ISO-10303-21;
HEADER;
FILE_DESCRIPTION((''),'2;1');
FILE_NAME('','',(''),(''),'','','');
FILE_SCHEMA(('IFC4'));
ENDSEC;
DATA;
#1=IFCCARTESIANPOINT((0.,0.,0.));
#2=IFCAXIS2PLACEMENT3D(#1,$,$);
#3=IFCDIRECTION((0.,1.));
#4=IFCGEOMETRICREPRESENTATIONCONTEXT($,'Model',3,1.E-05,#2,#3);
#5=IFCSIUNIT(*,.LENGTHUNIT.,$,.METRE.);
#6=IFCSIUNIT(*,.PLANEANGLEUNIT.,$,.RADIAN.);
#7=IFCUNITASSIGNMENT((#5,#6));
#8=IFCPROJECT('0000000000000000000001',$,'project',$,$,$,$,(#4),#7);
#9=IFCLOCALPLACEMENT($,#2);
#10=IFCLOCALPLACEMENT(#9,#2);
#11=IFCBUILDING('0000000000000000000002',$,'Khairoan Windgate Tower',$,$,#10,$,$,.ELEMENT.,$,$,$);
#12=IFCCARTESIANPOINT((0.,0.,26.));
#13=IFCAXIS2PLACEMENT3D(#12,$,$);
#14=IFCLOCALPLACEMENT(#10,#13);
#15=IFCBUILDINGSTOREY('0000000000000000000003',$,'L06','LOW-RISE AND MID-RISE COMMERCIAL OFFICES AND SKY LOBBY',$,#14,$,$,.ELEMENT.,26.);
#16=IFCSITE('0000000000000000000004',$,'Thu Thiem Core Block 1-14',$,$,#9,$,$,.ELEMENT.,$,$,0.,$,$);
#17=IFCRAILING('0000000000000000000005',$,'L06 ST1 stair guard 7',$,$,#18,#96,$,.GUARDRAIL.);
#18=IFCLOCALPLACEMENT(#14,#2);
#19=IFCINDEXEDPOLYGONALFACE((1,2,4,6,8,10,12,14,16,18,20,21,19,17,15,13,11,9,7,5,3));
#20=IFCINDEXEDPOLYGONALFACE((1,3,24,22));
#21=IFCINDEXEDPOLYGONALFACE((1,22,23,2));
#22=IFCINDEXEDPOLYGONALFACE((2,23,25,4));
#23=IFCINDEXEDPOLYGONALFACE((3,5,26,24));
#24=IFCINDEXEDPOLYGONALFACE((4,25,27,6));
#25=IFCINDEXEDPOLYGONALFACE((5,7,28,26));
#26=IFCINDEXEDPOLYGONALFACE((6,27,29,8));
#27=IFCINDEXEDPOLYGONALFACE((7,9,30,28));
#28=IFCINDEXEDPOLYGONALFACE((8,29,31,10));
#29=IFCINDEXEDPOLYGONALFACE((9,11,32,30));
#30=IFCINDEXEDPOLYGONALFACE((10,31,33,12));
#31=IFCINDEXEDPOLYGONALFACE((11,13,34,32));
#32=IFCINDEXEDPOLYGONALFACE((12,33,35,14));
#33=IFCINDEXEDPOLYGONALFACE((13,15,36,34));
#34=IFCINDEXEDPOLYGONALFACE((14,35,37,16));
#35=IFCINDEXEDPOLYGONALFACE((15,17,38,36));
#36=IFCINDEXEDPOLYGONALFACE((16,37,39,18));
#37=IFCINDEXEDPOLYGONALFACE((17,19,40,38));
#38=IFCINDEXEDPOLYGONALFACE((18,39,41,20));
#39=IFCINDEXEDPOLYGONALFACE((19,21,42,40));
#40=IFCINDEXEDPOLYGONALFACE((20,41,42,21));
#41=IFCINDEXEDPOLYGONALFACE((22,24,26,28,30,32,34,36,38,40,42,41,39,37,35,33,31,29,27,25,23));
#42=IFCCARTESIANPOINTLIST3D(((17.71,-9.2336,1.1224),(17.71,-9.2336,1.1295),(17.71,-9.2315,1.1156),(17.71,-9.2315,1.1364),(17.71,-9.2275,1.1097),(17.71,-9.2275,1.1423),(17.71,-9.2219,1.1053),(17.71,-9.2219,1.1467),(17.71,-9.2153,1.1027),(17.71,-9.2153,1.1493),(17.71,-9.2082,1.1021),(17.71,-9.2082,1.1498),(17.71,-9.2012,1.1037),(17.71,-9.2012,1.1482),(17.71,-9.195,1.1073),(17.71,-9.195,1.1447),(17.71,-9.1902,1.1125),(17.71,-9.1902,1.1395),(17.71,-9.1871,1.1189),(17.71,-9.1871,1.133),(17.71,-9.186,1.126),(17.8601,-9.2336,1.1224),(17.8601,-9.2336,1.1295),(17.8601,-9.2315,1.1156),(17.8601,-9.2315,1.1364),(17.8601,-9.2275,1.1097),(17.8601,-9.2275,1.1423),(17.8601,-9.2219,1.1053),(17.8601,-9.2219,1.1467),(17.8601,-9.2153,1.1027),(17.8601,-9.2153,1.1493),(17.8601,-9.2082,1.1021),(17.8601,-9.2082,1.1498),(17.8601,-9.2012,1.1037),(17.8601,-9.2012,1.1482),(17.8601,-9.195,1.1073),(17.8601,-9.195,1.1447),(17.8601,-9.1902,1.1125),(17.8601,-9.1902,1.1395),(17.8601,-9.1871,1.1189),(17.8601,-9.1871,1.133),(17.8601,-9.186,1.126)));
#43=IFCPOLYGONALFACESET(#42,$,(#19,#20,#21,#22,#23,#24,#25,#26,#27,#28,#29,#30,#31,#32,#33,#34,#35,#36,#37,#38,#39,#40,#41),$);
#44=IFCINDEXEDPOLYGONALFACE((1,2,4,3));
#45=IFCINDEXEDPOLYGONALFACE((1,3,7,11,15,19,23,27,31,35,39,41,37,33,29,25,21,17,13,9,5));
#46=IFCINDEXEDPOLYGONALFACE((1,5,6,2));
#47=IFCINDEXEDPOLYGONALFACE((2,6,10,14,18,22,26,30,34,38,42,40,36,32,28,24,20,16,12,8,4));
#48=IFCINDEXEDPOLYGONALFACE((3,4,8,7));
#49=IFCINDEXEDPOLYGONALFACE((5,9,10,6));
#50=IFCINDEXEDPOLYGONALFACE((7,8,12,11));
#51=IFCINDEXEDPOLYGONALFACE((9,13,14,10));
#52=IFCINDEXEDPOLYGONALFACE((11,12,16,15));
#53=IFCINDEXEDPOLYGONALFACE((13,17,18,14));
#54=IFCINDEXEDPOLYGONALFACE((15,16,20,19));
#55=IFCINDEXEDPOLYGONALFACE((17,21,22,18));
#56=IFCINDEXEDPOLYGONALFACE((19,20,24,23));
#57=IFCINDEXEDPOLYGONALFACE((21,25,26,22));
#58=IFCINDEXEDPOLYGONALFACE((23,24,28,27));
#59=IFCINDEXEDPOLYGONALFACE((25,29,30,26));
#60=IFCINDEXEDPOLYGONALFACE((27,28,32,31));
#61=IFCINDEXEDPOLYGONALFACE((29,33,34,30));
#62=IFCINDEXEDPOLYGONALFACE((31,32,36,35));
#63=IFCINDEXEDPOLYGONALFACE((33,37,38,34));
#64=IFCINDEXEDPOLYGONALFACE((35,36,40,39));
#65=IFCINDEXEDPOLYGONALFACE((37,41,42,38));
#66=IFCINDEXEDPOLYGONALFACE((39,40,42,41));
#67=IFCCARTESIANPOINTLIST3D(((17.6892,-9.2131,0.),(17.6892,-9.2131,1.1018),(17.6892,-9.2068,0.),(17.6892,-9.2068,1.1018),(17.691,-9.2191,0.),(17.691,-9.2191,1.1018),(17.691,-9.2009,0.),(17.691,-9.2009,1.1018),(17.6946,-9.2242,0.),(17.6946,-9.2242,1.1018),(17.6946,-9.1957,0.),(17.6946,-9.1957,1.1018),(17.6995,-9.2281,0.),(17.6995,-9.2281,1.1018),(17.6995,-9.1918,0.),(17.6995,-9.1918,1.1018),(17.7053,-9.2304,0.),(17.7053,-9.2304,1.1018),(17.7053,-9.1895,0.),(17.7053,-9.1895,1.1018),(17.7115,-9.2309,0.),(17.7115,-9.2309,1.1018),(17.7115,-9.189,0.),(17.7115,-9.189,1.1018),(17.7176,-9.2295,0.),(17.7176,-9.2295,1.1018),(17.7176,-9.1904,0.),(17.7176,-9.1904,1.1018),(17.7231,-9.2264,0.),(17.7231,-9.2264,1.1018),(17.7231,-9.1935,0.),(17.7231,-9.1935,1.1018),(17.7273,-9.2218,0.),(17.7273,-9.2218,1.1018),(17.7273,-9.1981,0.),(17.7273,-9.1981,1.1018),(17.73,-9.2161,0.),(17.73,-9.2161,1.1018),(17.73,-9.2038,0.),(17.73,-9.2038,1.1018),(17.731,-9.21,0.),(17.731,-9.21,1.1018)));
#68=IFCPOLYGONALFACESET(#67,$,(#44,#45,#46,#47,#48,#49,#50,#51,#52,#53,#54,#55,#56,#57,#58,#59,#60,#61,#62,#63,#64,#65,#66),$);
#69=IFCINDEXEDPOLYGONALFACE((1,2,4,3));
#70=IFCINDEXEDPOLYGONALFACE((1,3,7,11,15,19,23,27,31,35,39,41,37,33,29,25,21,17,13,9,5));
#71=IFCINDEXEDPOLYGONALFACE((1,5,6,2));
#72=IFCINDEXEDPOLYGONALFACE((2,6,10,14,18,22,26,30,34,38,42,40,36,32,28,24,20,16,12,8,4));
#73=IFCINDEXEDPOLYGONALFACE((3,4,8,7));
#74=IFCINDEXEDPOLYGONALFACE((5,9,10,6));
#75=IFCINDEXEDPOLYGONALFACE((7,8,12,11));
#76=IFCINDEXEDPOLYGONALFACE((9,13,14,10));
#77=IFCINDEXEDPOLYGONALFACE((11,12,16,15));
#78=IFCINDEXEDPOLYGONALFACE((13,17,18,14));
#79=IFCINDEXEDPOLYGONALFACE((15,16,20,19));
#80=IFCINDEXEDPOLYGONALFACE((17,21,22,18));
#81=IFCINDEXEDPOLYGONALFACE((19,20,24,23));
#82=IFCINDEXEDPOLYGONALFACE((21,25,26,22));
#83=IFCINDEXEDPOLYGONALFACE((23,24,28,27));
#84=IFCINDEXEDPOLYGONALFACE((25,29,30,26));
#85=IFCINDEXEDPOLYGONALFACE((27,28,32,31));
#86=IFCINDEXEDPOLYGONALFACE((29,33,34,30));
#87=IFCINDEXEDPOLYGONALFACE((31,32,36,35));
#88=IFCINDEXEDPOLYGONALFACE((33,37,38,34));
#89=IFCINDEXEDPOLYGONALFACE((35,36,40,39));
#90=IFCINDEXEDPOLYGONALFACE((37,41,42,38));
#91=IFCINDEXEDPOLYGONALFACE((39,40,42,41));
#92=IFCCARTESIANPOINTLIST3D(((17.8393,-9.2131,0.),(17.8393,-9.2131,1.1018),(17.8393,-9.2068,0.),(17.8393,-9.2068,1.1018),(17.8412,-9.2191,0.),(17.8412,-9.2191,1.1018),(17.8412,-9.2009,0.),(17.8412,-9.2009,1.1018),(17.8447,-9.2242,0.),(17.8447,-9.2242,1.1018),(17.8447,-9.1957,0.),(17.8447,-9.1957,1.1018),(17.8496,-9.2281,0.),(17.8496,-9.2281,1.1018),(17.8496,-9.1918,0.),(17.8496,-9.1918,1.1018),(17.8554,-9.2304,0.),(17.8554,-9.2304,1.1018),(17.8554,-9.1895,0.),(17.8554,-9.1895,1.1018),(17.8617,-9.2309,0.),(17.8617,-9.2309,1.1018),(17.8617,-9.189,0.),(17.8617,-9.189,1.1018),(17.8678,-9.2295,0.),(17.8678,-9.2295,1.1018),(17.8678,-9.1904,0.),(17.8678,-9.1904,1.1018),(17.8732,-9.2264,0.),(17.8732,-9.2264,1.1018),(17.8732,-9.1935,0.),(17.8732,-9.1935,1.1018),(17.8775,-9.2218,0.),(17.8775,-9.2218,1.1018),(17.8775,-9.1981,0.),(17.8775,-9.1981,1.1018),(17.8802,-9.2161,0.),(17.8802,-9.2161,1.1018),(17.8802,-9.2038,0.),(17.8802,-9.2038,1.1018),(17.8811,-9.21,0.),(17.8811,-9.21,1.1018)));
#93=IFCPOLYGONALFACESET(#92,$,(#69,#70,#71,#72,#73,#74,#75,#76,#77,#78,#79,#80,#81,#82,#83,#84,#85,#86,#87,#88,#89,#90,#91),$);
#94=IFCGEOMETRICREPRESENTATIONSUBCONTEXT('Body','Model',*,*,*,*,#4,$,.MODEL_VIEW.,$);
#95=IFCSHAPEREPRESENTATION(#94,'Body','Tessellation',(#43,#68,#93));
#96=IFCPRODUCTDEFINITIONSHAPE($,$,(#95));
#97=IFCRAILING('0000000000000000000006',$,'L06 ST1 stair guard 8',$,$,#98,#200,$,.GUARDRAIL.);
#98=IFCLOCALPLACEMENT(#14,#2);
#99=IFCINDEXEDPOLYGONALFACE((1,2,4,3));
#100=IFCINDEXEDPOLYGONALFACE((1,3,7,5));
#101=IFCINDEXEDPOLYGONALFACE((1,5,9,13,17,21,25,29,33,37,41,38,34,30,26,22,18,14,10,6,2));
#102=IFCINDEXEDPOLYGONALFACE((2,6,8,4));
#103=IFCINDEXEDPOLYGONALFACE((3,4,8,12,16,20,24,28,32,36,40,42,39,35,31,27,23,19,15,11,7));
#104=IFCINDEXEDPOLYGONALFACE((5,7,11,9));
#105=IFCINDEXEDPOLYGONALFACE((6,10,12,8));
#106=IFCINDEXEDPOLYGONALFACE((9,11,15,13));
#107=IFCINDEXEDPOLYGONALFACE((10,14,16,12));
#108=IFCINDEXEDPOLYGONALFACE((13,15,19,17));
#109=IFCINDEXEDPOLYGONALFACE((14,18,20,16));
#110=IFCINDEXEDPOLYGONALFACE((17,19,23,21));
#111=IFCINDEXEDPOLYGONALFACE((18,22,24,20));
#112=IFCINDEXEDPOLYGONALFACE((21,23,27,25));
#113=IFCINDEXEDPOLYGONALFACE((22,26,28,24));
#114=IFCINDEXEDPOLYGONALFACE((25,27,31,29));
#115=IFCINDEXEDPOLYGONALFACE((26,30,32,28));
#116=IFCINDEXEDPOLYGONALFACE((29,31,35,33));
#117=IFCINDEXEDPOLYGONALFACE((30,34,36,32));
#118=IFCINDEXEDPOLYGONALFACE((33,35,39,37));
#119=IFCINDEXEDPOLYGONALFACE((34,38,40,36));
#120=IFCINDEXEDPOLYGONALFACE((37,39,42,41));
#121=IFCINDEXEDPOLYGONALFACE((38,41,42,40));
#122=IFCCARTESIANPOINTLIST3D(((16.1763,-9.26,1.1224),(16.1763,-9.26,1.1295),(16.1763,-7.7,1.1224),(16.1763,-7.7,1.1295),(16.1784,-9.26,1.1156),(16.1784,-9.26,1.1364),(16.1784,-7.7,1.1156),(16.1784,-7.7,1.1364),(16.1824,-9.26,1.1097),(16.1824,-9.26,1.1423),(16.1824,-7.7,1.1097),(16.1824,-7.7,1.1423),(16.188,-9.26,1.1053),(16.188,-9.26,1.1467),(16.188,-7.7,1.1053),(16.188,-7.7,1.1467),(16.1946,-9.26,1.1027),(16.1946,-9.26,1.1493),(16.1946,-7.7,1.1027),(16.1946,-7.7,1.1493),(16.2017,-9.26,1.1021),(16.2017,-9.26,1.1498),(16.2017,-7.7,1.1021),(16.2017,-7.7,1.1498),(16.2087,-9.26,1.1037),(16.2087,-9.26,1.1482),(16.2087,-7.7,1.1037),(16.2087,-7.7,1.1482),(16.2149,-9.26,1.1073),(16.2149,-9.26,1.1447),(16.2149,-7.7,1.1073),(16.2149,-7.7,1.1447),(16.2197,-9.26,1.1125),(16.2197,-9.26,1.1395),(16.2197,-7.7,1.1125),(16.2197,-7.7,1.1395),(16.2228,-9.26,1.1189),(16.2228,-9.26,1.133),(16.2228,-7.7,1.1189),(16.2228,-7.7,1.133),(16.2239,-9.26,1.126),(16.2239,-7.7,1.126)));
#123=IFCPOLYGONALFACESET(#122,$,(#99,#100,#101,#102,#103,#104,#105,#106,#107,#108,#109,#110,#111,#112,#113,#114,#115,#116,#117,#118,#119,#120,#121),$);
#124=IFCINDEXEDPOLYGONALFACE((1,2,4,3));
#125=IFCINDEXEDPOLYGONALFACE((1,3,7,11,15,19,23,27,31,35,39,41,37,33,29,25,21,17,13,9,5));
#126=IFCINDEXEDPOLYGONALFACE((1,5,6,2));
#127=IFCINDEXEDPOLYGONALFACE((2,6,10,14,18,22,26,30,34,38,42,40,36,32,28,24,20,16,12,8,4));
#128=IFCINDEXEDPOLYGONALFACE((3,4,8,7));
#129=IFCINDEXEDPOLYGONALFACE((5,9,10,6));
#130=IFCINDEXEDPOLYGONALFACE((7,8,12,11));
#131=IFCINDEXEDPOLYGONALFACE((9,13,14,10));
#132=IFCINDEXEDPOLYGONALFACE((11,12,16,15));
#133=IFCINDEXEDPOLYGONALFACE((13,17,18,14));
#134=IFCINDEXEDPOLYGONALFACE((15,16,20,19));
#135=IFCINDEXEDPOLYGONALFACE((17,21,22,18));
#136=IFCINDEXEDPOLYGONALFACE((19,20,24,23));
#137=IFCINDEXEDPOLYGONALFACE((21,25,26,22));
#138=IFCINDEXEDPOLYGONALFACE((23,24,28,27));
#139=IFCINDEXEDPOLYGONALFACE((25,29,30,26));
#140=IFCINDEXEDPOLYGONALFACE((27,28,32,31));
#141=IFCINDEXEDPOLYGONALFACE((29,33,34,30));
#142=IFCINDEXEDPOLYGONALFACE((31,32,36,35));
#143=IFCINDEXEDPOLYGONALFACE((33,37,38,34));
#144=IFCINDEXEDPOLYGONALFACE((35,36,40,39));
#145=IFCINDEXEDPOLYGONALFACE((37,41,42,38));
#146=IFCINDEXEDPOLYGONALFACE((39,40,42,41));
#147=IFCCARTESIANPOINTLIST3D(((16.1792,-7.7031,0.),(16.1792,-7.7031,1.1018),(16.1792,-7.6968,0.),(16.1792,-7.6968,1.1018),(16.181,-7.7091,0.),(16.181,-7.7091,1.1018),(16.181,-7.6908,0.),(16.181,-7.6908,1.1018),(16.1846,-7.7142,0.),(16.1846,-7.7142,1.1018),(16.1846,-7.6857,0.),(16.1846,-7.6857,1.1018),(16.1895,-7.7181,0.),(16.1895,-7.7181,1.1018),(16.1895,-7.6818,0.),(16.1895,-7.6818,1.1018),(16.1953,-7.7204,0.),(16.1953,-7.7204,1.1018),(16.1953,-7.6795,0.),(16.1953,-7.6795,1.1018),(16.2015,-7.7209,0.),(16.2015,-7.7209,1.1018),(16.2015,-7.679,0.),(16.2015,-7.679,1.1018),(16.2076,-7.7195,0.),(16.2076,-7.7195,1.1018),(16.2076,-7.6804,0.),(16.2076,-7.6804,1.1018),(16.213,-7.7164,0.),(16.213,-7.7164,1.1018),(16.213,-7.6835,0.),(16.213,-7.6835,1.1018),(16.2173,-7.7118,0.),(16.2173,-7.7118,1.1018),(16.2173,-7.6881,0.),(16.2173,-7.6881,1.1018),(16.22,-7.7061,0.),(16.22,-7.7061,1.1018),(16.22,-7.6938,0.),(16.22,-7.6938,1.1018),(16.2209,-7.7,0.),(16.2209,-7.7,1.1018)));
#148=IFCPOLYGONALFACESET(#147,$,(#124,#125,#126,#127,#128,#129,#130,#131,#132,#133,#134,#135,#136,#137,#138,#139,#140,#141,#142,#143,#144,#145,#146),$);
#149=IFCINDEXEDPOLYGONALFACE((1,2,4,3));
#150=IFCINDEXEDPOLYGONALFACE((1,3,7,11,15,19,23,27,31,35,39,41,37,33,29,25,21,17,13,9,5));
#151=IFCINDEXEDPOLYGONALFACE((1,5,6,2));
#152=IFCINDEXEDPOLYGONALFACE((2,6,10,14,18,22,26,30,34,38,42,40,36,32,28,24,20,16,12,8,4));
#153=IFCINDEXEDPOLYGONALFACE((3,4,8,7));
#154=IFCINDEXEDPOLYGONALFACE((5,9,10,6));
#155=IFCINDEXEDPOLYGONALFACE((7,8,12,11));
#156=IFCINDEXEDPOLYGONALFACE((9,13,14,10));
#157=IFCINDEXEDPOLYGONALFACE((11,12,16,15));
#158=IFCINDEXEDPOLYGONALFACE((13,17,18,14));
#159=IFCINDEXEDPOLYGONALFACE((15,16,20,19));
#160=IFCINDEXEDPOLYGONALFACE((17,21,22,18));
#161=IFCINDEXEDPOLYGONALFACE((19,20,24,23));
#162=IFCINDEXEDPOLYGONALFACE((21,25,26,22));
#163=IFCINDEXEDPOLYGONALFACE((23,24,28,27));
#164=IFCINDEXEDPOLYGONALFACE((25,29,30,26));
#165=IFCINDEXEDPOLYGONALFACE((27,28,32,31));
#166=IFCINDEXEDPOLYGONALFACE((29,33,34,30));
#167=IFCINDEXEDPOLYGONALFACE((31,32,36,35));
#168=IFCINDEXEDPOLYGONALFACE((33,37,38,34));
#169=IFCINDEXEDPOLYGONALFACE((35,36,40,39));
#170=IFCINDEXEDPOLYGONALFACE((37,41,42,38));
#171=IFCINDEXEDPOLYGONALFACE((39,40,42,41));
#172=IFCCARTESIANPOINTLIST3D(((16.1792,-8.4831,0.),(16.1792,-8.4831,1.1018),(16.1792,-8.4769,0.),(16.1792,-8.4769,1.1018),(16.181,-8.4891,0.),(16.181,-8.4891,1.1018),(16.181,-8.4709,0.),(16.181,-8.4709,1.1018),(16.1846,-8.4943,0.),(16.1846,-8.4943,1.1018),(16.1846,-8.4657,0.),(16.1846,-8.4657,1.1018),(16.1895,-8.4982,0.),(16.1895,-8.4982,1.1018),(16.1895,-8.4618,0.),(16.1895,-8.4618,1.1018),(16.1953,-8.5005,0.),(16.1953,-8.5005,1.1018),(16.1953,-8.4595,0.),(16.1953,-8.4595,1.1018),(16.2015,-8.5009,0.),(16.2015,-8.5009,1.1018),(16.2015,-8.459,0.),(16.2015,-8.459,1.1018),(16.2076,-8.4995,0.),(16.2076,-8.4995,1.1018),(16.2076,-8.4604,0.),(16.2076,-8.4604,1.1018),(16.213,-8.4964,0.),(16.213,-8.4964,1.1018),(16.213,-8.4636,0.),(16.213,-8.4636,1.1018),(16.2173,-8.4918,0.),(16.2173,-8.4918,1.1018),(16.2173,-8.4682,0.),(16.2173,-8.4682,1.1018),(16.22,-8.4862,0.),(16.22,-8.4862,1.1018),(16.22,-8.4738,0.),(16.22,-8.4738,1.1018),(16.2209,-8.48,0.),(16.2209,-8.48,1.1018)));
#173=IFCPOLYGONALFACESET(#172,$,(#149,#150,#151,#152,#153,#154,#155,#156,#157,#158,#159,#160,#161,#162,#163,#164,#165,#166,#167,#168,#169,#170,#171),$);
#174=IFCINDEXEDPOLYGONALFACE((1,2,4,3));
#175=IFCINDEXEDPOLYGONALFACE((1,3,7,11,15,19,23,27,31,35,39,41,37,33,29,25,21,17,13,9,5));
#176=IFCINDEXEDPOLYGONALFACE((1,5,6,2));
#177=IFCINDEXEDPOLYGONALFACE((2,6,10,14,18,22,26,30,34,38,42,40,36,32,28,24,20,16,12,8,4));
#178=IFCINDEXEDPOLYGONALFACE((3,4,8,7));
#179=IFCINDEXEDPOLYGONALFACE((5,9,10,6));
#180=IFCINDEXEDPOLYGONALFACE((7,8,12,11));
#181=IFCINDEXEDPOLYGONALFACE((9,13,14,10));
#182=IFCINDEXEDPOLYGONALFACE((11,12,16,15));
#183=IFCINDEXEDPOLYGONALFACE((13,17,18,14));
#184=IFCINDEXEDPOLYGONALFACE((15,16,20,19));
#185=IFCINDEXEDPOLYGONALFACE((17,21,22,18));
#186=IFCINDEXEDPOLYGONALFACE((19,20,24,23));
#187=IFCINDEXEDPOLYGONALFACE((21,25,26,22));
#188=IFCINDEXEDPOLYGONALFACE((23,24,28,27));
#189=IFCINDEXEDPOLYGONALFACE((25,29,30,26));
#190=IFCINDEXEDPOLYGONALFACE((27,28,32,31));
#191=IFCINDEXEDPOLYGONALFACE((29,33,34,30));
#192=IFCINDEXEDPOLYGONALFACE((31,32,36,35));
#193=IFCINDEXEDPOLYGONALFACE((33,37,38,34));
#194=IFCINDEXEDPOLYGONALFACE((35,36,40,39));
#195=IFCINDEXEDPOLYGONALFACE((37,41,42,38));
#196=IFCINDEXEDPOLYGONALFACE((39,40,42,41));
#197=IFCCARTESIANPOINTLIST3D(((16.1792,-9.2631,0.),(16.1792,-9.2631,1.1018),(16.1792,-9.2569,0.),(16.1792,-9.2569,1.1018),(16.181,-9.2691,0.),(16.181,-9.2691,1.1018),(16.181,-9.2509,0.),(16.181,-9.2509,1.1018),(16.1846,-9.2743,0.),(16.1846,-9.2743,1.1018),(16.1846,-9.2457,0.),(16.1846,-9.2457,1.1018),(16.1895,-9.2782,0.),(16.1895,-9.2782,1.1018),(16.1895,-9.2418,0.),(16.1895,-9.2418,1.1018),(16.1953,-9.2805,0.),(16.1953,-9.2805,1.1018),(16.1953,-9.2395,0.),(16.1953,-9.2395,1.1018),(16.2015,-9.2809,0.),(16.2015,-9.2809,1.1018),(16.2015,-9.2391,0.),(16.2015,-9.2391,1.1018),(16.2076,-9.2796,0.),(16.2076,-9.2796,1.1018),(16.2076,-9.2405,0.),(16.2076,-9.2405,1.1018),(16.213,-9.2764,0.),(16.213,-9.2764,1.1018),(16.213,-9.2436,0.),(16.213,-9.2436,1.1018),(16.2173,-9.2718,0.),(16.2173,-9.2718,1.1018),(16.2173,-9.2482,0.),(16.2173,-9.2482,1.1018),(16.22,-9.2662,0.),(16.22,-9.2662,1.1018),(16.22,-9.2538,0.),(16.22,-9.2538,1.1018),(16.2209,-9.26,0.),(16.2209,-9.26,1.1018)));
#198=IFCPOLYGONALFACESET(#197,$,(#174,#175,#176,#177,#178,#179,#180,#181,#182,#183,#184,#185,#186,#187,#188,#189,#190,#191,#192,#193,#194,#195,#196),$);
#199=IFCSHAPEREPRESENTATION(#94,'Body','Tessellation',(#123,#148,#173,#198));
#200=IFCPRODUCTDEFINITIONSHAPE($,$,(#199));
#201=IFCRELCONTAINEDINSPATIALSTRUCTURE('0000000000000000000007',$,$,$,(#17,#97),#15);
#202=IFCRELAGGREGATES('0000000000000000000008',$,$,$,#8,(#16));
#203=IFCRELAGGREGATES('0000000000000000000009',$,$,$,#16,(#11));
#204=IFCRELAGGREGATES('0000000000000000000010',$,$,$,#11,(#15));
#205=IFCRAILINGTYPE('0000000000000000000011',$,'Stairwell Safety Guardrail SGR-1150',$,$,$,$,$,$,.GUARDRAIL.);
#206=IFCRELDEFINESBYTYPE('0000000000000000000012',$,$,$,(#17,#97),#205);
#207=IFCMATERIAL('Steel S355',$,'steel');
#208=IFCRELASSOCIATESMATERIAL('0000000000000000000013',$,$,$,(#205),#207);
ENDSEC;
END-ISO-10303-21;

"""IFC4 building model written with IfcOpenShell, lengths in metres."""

from ifc_helpers import new_model, si_unit, direction, frame, origin, origin_2d, place, context, subcontext, project, spatial, circle, extrude, material, type_object, element, save


model = new_model("IFC4")

# Units and contexts
model_context = context("Model", 3, precision=1e-05, world=origin(), true_north=direction((0.0, 1.0)))
body_context = subcontext(model_context, "Body", "Model", "MODEL_VIEW")
ifc_project = project(units=[si_unit("LENGTHUNIT", "METRE"), si_unit("PLANEANGLEUNIT", "RADIAN")], contexts=[model_context])

# Site, building, storey
site_placement = place(None, origin())
site = spatial("IfcSite", under=ifc_project, at=site_placement, Name="Thu Thiem Core Block 1-14", CompositionType="ELEMENT", RefElevation=0.0)
building_placement = place(site_placement, origin())
building = spatial("IfcBuilding", under=site, at=building_placement, Name="Khairoan Windgate Tower", CompositionType="ELEMENT")
storey_placement = place(building_placement, frame((0.0, 0.0, 26.0)))
storey = spatial("IfcBuildingStorey", under=building, at=storey_placement, Name="L06", Description="LOW-RISE AND MID-RISE COMMERCIAL OFFICES AND SKY LOBBY", CompositionType="ELEMENT", Elevation=26.0)

# Railings
ifc_material_1 = material(Name="Steel S355", Category="steel")
railing_type = type_object("IfcRailingType", Name="Stairwell Safety Guardrail SGR-1150", PredefinedType="GUARDRAIL", material=ifc_material_1)
railing_1_placement = place(storey_placement, frame((17.71, -9.21, 0.0)))
element("IfcRailing", 1, at=railing_1_placement, inside=storey, type_object=railing_type, Name="L06 ST1 stair guard 7", PredefinedType="GUARDRAIL", context=body_context, shape_type="SweptSolid", body=[
    extrude(circle(Radius=0.0239, at=origin_2d()), frame((0.0, 0.0, 1.126), z_axis=(1.0, 0.0, 0.0), x_axis=(0.0, 1.0, 0.0)), (0.0, 0.0, 1.0), 0.1501),
    extrude(circle(Radius=0.021, at=origin_2d()), origin(), (0.0, 0.0, 1.0), 1.1018),
    extrude(circle(Radius=0.021, at=origin_2d()), frame((0.1501, 0.0, 0.0)), (0.0, 0.0, 1.0), 1.1018),
])
for number, where, name in (
    (2, (16.2, -7.7, 0.0), "L06 ST1 stair guard 8"),
):
    element("IfcRailing", number, at=place(storey_placement, frame(where)), inside=storey, type_object=railing_type, Name=name, PredefinedType="GUARDRAIL", context=body_context, shape_type="SweptSolid", body=[
        extrude(circle(Radius=0.0239, at=origin_2d()), frame((0.0, 0.0, 1.126), z_axis=(0.0, -1.0, 0.0), x_axis=(1.0, 0.0, 0.0)), (0.0, 0.0, 1.0), 1.5601),
        extrude(circle(Radius=0.021, at=origin_2d()), origin(), (0.0, 0.0, 1.0), 1.1018),
        extrude(circle(Radius=0.021, at=origin_2d()), frame((0.0, -0.78, 0.0)), (0.0, 0.0, 1.0), 1.1018),
        extrude(circle(Radius=0.021, at=origin_2d()), frame((0.0, -1.5601, 0.0)), (0.0, 0.0, 1.0), 1.1018),
    ])

save(model, "model.ifc")
